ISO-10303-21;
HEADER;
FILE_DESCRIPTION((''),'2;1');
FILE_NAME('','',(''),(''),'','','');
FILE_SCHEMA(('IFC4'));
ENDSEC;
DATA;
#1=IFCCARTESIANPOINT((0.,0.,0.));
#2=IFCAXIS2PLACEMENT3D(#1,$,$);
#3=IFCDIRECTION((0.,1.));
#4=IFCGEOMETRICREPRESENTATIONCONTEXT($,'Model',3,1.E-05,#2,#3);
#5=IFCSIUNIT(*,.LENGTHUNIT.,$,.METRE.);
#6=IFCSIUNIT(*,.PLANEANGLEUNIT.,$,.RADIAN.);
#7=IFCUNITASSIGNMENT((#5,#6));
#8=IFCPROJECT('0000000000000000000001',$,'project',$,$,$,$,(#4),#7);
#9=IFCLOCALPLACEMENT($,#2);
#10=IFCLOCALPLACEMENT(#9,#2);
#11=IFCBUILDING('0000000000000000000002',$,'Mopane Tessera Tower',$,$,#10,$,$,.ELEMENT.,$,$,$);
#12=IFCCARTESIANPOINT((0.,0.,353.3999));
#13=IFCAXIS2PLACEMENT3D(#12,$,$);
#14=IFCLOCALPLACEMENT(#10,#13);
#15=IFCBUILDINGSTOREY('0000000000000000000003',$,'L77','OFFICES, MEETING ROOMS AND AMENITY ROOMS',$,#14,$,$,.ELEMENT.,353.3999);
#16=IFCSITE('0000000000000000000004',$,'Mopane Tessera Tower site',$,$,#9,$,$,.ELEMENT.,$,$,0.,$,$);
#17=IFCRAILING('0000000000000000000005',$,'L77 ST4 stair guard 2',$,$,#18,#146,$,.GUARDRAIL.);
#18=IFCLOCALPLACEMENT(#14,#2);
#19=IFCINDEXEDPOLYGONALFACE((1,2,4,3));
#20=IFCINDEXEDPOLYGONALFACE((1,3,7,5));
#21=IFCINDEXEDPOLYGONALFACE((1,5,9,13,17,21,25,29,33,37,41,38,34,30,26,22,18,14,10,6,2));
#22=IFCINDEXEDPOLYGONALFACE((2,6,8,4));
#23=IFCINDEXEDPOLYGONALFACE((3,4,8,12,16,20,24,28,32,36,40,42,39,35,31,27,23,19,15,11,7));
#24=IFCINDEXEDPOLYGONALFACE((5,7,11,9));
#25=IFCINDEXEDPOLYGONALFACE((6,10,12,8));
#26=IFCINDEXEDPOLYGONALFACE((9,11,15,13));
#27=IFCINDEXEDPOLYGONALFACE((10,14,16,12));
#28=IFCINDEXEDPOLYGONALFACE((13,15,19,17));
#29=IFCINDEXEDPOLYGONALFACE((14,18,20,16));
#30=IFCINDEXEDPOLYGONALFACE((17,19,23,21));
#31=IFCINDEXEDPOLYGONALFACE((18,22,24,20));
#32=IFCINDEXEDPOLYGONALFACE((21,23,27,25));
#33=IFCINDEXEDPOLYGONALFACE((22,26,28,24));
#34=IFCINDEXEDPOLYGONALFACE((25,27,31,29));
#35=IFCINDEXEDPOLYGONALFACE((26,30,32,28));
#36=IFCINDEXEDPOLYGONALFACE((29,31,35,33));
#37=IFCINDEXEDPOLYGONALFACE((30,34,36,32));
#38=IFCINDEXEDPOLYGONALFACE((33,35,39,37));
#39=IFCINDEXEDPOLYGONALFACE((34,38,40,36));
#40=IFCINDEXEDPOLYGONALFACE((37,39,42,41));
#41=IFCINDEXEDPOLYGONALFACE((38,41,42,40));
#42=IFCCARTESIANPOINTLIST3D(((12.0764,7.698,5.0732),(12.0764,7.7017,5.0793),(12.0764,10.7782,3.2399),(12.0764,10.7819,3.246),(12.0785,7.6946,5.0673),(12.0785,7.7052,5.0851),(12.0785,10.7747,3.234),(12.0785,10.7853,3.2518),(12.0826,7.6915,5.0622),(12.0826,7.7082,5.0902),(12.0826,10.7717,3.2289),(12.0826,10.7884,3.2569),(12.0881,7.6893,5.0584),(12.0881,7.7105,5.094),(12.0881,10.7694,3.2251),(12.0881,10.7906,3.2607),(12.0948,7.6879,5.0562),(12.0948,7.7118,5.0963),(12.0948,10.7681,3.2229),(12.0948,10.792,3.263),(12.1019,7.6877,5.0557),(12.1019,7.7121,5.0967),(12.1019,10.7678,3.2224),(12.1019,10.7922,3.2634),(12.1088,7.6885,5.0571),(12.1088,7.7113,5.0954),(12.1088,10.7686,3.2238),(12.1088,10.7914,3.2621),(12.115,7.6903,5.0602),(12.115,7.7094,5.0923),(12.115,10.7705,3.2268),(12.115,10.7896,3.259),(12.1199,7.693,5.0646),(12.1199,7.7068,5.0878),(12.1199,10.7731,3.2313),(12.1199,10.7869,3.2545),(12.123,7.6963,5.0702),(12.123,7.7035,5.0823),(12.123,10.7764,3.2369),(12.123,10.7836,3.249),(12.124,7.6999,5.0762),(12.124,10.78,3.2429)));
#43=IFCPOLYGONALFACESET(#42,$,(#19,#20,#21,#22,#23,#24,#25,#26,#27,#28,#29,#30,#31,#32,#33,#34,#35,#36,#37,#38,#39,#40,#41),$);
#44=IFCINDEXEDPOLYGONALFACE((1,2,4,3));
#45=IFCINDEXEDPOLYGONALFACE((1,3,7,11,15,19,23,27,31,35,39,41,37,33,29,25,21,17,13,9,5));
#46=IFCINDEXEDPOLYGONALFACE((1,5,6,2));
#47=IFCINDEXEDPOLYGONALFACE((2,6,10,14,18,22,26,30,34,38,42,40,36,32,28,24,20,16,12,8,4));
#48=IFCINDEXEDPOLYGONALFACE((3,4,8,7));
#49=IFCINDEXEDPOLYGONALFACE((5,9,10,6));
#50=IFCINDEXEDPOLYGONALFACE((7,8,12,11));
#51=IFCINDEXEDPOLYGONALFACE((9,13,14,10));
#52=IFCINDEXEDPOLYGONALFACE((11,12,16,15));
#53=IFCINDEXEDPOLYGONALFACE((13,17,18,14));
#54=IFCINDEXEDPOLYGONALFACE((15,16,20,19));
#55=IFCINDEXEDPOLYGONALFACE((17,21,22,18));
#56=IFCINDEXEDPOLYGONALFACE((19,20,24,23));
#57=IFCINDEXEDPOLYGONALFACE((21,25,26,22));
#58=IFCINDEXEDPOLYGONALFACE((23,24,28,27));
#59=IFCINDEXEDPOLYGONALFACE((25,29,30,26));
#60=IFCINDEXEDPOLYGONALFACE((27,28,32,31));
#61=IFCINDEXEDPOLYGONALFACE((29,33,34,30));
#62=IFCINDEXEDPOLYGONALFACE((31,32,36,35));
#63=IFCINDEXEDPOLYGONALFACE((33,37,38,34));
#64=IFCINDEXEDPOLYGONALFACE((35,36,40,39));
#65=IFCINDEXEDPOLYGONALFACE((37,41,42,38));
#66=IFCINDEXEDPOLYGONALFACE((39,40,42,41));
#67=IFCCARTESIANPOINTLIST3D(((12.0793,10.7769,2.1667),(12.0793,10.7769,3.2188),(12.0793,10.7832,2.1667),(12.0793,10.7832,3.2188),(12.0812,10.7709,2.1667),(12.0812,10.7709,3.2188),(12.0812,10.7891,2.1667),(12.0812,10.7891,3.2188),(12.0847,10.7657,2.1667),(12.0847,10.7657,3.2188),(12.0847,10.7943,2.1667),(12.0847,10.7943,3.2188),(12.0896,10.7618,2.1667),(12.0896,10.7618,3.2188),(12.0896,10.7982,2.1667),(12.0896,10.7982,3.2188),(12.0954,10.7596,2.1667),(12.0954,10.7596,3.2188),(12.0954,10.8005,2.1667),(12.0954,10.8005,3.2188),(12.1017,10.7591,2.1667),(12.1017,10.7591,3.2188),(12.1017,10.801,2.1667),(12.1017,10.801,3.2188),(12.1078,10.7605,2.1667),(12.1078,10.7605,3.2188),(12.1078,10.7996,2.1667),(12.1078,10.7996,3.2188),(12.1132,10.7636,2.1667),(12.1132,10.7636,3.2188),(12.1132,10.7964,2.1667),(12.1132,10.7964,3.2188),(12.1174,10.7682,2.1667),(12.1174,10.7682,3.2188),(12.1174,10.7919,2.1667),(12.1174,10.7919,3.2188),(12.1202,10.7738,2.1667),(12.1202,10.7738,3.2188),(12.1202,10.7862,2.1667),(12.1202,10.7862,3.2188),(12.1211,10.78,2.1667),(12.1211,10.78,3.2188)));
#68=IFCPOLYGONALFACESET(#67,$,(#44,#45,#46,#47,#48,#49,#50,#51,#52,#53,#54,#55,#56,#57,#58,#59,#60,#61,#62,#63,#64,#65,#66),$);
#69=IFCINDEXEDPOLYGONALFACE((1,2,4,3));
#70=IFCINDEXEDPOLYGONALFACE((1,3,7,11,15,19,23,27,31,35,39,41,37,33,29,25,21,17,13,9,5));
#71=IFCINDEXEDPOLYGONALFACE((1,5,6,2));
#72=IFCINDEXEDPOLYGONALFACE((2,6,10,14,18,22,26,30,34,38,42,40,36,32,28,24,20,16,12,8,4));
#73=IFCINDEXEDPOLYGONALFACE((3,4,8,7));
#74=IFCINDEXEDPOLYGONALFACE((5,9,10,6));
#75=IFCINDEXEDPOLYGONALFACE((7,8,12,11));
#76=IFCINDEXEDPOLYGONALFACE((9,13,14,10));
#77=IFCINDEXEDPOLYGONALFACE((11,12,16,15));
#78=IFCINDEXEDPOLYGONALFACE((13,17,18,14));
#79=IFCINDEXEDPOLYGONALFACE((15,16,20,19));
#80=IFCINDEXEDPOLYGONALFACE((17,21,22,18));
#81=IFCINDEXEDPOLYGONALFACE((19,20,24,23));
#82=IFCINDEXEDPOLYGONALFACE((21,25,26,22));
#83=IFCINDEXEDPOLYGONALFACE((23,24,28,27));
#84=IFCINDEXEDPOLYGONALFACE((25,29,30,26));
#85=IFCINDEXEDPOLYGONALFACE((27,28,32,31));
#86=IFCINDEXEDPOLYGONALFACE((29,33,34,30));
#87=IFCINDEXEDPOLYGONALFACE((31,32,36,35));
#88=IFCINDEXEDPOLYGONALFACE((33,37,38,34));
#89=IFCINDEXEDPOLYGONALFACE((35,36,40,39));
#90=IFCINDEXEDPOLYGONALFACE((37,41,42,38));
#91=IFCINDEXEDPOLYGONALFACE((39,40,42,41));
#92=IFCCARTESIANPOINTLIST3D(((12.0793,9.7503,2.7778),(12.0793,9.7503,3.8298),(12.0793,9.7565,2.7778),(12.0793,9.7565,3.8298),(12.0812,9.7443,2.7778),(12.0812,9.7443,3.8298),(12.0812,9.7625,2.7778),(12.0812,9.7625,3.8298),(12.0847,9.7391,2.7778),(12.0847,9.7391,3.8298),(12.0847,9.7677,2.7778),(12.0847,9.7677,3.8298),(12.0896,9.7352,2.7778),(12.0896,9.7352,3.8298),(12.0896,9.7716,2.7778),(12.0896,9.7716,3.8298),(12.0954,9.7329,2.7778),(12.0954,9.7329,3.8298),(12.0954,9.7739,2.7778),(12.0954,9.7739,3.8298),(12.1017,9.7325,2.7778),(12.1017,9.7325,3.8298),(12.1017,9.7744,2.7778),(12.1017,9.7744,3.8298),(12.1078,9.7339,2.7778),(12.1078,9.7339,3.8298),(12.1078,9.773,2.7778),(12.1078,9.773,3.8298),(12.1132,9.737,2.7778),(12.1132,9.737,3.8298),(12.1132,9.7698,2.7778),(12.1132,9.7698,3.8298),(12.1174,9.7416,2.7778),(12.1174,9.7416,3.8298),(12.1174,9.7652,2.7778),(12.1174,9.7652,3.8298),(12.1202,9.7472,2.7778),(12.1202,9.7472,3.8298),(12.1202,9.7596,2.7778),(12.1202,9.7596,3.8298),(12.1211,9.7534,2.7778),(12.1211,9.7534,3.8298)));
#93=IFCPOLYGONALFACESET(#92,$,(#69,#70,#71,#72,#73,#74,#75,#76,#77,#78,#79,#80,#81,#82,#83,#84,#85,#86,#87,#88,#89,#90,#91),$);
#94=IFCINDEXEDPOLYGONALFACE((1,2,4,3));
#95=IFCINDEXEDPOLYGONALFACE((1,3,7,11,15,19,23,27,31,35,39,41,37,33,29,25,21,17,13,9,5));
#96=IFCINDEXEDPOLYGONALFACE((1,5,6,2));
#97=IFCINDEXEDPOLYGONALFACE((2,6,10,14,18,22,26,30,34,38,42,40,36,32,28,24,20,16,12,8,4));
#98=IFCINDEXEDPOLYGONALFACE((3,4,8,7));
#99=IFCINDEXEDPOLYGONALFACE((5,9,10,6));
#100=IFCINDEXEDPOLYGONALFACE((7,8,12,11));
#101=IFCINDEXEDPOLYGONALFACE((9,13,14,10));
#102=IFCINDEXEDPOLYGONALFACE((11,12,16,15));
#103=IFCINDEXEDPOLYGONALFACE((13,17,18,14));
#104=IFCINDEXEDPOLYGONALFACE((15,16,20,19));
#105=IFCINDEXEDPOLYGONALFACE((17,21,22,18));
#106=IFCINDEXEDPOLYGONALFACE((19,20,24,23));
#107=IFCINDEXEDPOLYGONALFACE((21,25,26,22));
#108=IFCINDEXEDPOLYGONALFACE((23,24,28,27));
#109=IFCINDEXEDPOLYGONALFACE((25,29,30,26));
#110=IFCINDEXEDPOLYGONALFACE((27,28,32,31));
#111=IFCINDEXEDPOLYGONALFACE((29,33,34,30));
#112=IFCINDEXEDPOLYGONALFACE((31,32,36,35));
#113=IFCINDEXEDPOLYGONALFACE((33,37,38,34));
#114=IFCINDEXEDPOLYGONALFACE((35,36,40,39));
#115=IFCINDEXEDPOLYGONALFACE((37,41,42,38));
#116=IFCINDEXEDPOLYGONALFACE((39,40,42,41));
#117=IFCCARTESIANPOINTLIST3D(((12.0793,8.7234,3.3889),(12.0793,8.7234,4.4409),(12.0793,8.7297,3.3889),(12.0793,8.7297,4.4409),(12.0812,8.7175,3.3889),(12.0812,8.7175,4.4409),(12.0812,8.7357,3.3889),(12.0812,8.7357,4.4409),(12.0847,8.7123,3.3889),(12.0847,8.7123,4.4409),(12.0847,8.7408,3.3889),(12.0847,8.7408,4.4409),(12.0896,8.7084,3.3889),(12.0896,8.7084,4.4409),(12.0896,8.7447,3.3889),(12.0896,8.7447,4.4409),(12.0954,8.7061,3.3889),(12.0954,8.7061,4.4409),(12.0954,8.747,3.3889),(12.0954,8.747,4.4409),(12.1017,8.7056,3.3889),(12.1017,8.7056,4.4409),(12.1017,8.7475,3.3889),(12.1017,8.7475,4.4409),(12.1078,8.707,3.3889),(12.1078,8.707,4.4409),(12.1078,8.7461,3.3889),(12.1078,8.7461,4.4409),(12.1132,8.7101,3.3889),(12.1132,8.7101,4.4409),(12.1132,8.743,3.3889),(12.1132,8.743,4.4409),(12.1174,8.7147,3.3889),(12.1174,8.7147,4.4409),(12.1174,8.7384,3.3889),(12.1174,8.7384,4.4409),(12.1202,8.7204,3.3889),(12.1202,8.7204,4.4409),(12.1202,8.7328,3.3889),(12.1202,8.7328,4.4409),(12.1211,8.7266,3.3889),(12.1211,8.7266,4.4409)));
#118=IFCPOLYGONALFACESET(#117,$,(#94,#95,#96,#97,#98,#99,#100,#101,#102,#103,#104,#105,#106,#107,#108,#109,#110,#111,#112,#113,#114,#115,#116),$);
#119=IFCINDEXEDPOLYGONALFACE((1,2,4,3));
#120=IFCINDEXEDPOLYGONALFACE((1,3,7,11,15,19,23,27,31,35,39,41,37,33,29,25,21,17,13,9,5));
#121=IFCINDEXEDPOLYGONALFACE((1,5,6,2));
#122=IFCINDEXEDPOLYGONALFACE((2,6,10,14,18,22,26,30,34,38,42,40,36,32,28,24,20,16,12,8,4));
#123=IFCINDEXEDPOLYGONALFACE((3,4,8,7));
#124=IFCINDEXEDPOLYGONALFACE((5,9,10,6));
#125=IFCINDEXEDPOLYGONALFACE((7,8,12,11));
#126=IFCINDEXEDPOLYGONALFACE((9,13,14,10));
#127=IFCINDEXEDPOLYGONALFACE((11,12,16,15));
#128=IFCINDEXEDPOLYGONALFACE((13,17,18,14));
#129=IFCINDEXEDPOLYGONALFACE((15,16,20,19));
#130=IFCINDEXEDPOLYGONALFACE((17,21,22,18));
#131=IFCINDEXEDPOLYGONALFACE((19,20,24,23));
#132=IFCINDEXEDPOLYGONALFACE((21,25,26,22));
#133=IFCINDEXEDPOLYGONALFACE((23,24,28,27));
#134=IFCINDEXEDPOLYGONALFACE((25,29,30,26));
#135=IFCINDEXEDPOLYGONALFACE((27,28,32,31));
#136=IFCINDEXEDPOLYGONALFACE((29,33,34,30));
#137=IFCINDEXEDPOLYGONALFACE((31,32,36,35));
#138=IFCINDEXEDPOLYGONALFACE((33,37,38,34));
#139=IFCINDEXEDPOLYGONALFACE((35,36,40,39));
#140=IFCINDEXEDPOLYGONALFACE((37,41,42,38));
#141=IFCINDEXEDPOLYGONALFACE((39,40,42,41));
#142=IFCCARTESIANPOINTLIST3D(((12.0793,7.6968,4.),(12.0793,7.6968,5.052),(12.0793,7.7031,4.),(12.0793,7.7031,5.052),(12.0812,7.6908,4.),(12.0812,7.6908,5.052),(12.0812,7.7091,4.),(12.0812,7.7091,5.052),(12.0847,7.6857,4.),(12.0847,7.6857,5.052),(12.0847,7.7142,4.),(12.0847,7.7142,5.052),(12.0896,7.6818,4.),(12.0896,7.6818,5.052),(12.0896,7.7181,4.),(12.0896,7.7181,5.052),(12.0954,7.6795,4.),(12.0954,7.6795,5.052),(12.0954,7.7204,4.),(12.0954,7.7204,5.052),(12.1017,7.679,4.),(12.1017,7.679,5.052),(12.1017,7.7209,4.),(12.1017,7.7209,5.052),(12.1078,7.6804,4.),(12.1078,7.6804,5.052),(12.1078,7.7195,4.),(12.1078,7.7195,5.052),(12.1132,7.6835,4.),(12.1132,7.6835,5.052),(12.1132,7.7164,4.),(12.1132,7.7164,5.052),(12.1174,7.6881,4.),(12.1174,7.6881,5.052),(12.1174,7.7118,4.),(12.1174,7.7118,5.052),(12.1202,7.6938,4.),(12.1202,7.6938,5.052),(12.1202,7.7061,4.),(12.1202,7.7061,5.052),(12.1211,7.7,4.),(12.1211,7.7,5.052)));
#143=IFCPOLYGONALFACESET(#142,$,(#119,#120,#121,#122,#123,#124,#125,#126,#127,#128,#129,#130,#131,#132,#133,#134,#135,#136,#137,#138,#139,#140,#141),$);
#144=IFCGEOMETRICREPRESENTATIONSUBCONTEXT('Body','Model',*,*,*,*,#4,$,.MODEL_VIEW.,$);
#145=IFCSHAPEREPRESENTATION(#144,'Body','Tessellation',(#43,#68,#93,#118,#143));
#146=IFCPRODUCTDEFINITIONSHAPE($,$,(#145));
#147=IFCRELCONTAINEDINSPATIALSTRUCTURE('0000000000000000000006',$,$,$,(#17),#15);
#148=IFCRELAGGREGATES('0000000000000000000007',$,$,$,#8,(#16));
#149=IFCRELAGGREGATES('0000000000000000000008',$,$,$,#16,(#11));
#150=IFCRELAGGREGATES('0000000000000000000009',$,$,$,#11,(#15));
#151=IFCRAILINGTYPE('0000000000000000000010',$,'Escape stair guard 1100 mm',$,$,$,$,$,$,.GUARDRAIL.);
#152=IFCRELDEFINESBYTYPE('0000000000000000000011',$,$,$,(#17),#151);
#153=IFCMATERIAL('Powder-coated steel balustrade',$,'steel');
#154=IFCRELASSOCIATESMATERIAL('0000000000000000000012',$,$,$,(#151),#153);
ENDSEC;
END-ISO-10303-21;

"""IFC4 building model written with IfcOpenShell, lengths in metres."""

from ifc_helpers import new_model, si_unit, direction, frame, origin, origin_2d, place, context, subcontext, project, spatial, circle, extrude, material, type_object, element, save


model = new_model("IFC4")

# Units and contexts
model_context = context("Model", 3, precision=1e-05, world=origin(), true_north=direction((0.0, 1.0)))
body_context = subcontext(model_context, "Body", "Model", "MODEL_VIEW")
ifc_project = project(units=[si_unit("LENGTHUNIT", "METRE"), si_unit("PLANEANGLEUNIT", "RADIAN")], contexts=[model_context])

# Site, building, storey
site_placement = place(None, origin())
site = spatial("IfcSite", under=ifc_project, at=site_placement, Name="Mopane Tessera Tower site", CompositionType="ELEMENT", RefElevation=0.0)
building_placement = place(site_placement, origin())
building = spatial("IfcBuilding", under=site, at=building_placement, Name="Mopane Tessera Tower", CompositionType="ELEMENT")
storey_placement = place(building_placement, frame((0.0, 0.0, 353.3999)))
storey = spatial("IfcBuildingStorey", under=building, at=storey_placement, Name="L77", Description="OFFICES, MEETING ROOMS AND AMENITY ROOMS", CompositionType="ELEMENT", Elevation=353.3999)

# Railing
ifc_material_1 = material(Name="Powder-coated steel balustrade", Category="steel")
railing_type_1 = type_object("IfcRailingType", Name="Escape stair guard 1100 mm", PredefinedType="GUARDRAIL", material=ifc_material_1)
railing_1_placement = place(storey_placement, frame((12.1001, 10.78, 2.1667)))
element("IfcRailing", 1, at=railing_1_placement, inside=storey, type_object=railing_type_1, Name="L77 ST4 stair guard 2", PredefinedType="GUARDRAIL", context=body_context, shape_type="SweptSolid", body=[
    extrude(circle(Radius=0.0239, at=origin_2d()), frame((0.0, 0.0, 1.0762), z_axis=(0.0, -0.859309, 0.511458), x_axis=(1.0, 0.0, 0.0)), (0.0, 0.0, 1.0), 3.5845),
    extrude(circle(Radius=0.021, at=origin_2d()), origin(), (0.0, 0.0, 1.0), 1.052),
    extrude(circle(Radius=0.021, at=origin_2d()), frame((0.0, -1.0266, 0.6111)), (0.0, 0.0, 1.0), 1.052),
    extrude(circle(Radius=0.021, at=origin_2d()), frame((0.0, -2.0535, 1.2222)), (0.0, 0.0, 1.0), 1.052),
    extrude(circle(Radius=0.021, at=origin_2d()), frame((0.0, -3.0801, 1.8333)), (0.0, 0.0, 1.0), 1.052),
])

save(model, "model.ifc")
